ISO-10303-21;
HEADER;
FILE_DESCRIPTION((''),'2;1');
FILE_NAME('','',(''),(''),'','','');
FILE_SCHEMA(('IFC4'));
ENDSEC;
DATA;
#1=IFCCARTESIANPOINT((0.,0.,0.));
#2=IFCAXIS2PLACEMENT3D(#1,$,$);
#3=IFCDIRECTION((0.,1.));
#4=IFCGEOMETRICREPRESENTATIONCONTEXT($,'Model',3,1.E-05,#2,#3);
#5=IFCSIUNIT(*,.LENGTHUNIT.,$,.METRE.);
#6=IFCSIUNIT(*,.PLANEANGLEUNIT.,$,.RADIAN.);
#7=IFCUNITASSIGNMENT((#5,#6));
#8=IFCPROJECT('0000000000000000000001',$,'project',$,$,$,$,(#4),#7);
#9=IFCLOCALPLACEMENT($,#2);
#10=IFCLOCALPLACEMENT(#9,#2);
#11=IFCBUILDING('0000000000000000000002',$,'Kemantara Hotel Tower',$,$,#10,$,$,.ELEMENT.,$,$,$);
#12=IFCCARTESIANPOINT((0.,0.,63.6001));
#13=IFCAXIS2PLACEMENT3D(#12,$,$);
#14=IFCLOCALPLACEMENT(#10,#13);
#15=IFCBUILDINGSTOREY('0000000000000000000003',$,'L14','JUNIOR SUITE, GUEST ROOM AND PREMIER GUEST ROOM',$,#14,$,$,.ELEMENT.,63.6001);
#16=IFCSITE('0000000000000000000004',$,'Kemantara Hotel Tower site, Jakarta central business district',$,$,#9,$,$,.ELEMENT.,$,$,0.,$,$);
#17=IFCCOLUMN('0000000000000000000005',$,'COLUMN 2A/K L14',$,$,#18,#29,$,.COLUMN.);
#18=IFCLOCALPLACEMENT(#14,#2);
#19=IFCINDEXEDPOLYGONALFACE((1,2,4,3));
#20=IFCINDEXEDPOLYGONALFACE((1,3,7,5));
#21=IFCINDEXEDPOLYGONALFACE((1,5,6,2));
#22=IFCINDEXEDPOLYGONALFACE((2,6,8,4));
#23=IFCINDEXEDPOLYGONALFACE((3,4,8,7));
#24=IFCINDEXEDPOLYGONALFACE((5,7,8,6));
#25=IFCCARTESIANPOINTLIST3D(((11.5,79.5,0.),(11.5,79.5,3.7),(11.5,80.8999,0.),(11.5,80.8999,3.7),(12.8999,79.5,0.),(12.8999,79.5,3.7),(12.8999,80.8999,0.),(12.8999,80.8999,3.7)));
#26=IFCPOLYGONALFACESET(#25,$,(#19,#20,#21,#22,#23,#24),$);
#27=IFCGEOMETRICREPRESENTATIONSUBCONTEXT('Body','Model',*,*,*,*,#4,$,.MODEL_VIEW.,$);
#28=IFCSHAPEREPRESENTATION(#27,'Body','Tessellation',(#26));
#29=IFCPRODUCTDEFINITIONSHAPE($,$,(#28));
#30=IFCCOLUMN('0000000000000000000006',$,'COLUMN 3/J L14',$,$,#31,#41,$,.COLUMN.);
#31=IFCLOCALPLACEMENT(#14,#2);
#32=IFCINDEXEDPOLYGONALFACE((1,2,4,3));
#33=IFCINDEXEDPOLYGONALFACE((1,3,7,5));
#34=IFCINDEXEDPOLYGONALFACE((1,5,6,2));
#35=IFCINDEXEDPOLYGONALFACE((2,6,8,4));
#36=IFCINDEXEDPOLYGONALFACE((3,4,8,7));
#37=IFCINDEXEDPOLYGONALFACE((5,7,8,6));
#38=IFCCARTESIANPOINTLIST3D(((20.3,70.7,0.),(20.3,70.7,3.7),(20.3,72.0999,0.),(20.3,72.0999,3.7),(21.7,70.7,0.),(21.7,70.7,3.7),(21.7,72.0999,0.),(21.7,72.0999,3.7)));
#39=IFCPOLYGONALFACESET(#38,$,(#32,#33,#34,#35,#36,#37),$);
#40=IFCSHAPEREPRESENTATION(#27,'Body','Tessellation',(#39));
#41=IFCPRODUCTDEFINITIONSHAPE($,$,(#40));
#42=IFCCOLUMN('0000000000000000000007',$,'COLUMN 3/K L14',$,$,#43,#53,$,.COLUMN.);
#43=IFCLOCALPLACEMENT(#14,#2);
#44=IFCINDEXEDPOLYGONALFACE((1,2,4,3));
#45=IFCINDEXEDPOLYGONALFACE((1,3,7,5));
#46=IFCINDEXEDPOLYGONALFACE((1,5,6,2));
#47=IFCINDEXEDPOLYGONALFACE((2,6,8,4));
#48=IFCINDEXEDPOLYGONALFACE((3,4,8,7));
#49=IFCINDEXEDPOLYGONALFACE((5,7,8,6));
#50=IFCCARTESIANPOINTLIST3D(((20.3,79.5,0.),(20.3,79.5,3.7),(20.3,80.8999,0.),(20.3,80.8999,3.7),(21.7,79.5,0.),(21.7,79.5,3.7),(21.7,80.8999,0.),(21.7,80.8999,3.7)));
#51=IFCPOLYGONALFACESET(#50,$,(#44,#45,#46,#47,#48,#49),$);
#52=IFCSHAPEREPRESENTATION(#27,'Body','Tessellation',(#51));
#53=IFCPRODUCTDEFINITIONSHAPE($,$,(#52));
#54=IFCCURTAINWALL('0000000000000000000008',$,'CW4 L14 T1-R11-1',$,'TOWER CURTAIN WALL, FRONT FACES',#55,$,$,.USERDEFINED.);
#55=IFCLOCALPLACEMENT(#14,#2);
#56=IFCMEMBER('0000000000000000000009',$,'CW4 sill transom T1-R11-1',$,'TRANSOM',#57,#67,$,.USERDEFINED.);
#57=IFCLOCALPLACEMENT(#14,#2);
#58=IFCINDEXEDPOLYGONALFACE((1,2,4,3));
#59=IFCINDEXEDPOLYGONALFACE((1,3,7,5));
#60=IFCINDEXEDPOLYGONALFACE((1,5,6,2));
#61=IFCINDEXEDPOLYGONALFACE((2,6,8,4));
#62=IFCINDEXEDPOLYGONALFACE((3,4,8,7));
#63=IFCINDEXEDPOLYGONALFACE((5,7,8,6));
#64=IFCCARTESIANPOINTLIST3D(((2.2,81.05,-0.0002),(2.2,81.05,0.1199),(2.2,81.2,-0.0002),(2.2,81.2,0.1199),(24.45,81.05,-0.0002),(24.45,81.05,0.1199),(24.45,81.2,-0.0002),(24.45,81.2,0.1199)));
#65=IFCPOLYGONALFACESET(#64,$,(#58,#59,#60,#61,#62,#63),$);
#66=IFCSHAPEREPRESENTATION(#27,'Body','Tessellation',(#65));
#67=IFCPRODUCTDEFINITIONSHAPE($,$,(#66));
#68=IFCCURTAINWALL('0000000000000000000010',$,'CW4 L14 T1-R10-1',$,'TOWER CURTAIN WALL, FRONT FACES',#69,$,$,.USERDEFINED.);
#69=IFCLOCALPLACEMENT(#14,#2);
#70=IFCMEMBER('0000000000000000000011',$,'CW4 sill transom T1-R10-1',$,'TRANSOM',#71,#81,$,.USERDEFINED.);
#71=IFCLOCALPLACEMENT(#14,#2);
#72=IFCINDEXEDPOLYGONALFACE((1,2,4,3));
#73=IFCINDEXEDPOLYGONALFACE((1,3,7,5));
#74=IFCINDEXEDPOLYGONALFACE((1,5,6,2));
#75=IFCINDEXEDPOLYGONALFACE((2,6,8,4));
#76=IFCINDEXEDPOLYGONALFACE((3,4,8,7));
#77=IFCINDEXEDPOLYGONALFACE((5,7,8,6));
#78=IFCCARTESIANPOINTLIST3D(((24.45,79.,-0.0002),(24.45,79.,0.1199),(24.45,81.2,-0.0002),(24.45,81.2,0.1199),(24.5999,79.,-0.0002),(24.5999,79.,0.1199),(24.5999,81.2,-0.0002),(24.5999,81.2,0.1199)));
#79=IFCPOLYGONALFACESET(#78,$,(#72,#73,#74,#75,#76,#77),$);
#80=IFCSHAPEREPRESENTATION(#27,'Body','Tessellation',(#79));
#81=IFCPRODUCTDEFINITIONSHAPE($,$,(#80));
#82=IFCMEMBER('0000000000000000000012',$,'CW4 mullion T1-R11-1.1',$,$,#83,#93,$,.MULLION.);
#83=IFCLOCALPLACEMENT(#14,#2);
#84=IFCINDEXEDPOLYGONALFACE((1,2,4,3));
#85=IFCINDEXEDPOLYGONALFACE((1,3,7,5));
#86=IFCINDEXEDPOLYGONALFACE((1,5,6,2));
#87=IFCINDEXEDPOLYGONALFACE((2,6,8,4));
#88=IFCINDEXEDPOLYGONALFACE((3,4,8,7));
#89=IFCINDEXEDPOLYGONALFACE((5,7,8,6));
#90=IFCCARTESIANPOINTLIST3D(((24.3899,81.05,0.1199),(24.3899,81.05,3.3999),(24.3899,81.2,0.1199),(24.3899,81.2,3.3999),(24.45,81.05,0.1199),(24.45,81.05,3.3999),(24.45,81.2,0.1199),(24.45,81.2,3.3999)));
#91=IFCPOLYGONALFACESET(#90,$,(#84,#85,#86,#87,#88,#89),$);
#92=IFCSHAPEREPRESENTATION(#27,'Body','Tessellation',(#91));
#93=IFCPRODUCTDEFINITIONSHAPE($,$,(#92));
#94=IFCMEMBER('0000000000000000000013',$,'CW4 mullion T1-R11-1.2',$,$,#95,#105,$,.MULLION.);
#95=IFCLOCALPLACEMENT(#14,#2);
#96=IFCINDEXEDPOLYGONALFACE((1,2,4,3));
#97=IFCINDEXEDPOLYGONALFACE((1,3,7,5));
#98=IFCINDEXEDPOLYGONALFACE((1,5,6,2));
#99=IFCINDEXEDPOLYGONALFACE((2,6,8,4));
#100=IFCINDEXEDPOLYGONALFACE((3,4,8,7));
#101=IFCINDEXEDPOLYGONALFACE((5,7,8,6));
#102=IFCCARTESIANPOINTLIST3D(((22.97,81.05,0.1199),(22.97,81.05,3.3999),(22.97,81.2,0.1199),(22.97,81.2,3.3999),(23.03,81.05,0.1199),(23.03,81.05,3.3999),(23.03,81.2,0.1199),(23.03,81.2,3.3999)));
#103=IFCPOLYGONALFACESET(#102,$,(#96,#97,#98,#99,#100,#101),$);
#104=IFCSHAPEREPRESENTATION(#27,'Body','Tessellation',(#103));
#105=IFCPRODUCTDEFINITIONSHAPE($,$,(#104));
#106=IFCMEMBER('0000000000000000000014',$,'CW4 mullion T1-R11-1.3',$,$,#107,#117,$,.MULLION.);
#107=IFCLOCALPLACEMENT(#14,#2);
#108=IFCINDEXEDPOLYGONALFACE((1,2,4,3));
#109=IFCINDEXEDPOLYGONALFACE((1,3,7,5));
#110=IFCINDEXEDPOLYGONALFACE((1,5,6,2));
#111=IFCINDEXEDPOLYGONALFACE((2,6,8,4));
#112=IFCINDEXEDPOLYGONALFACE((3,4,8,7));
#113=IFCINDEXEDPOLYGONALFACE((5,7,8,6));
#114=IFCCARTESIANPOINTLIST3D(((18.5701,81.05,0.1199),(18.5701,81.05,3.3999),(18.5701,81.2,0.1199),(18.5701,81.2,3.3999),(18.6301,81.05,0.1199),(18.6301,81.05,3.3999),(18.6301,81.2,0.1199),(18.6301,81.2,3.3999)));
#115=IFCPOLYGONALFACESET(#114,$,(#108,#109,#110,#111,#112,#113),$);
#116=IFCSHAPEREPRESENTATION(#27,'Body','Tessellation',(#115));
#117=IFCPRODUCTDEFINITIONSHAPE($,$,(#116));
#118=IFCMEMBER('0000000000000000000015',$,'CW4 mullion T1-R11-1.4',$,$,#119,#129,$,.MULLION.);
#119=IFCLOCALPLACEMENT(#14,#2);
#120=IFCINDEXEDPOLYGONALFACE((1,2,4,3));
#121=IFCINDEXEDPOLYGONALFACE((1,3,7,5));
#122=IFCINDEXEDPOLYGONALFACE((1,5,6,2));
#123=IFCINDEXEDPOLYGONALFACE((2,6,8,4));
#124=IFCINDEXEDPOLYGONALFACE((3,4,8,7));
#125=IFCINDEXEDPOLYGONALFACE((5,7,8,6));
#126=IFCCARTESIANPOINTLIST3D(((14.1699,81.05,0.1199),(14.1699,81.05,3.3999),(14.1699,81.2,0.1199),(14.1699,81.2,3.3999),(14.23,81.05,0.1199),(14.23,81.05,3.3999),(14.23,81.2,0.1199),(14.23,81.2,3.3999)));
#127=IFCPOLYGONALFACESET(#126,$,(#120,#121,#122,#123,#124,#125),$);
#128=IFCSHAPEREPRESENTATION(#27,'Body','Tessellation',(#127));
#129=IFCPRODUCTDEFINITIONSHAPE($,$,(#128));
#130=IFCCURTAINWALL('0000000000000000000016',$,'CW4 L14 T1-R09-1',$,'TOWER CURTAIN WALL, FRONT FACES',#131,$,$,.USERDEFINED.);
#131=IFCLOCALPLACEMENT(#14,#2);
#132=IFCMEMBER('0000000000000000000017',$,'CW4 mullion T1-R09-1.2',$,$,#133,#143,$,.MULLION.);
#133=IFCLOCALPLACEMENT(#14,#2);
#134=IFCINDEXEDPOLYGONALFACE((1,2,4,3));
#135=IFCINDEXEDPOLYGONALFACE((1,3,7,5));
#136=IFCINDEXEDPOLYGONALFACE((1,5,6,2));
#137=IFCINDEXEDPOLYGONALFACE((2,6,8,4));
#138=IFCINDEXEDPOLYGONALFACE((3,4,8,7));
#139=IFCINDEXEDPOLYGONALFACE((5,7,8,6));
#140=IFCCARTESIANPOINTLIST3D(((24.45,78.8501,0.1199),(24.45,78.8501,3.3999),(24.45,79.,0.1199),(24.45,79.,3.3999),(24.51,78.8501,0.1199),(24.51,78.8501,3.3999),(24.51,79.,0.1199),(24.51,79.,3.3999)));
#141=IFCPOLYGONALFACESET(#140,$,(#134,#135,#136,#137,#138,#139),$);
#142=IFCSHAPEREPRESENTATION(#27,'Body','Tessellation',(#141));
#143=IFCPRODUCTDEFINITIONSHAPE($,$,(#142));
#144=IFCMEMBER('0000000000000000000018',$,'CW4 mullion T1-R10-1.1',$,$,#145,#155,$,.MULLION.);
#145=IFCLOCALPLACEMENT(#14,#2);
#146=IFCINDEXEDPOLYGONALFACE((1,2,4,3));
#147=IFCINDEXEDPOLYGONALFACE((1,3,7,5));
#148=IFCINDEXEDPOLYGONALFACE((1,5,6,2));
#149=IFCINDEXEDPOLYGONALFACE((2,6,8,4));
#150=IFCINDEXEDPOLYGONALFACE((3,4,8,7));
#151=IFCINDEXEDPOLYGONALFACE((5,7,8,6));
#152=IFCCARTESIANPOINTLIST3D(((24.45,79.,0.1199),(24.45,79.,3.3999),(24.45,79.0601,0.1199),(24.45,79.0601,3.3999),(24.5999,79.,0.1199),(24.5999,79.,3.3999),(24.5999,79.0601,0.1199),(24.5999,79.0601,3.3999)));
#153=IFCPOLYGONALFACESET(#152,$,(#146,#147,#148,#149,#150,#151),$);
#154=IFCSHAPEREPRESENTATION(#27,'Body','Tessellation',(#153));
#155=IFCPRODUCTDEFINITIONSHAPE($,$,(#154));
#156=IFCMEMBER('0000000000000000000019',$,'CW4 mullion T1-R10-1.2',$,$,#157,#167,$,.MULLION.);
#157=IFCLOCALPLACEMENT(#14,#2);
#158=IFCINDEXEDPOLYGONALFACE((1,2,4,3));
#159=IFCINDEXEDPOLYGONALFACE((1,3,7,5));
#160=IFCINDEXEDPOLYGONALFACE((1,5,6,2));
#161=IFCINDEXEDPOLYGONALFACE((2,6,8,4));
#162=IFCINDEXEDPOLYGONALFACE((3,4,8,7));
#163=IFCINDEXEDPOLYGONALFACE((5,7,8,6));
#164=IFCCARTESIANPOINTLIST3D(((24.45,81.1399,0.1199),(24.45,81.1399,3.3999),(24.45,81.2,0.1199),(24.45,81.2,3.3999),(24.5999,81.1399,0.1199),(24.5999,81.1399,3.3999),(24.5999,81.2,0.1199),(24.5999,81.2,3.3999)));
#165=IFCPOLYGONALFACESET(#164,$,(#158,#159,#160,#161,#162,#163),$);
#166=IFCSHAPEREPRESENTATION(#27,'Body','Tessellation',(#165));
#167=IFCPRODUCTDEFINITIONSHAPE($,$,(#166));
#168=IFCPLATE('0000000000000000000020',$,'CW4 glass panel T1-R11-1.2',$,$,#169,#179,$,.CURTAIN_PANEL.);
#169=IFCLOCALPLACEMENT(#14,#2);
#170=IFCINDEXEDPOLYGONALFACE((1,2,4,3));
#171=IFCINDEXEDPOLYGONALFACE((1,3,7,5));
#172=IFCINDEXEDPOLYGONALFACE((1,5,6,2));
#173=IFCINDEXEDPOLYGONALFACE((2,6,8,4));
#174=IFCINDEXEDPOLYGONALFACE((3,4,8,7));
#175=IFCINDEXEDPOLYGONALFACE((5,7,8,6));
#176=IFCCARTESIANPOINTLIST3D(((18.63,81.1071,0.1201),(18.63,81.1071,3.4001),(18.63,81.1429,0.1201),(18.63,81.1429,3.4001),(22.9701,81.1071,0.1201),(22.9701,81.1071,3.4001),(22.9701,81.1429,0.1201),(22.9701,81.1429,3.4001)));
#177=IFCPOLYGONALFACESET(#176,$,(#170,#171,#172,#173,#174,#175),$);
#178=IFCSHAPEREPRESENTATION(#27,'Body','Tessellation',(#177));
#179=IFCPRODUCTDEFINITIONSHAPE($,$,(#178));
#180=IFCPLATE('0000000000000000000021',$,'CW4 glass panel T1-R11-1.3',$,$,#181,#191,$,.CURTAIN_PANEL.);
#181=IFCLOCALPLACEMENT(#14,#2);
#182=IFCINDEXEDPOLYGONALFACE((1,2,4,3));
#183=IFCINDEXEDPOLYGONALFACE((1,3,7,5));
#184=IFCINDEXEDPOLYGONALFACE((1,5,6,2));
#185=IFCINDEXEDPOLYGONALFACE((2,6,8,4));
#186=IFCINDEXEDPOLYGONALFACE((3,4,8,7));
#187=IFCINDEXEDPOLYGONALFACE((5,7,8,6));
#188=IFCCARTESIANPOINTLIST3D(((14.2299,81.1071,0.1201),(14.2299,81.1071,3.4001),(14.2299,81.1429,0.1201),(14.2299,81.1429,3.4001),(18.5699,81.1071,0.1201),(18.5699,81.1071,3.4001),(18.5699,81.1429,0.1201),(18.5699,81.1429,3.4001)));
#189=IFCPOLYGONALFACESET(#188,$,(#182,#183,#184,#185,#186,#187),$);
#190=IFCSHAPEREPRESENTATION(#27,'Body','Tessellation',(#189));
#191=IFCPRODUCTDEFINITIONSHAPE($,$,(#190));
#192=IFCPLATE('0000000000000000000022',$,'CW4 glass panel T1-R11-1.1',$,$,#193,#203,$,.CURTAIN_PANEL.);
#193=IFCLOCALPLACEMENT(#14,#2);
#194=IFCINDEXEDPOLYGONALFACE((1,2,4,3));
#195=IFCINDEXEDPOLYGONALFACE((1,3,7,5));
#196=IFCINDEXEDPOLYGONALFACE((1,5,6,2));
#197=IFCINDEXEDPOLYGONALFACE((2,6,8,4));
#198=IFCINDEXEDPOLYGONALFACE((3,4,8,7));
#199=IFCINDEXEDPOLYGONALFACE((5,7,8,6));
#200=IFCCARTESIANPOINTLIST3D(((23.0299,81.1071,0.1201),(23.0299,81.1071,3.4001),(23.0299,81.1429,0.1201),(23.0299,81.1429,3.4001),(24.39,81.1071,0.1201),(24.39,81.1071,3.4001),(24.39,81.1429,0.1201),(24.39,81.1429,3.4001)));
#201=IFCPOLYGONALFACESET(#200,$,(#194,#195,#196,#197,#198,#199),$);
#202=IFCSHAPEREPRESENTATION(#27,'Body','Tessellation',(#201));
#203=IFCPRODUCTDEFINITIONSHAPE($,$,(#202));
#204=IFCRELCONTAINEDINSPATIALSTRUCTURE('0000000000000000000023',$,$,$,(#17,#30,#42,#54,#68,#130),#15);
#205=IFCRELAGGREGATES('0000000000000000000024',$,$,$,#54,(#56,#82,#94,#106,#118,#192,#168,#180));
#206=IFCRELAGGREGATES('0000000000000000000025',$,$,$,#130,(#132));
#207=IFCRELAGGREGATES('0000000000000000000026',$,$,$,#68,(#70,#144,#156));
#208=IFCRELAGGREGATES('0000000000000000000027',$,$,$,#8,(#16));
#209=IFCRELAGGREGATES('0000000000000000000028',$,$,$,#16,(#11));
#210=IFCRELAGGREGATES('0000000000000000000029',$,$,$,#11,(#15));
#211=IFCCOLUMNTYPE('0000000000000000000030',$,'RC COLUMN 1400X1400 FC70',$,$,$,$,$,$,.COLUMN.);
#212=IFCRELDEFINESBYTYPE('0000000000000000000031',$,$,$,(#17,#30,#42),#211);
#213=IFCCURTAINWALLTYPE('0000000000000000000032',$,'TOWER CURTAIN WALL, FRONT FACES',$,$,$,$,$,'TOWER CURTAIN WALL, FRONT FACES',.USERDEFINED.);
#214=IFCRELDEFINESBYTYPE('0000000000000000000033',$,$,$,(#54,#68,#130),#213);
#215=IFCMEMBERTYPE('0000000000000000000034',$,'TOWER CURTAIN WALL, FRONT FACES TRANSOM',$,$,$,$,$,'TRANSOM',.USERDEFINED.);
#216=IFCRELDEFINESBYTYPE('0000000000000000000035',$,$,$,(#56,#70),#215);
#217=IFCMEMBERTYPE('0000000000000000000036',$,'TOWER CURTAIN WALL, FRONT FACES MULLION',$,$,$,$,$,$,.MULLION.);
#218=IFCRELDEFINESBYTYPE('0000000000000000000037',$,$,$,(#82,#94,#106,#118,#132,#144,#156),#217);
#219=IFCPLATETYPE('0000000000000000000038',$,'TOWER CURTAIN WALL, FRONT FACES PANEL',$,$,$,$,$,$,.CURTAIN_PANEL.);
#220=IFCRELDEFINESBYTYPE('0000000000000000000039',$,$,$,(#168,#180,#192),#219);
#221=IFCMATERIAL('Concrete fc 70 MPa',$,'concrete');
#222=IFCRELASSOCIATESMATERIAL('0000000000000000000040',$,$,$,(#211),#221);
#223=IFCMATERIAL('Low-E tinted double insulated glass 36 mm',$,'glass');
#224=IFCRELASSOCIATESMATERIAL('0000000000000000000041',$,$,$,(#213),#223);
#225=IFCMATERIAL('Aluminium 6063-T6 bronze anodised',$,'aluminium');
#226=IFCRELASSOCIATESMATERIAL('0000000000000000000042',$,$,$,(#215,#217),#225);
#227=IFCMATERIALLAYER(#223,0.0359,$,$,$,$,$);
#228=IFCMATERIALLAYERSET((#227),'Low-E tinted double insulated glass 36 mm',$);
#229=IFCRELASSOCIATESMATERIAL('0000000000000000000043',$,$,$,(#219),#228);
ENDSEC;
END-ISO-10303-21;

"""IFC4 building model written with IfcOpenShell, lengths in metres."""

from ifc_helpers import new_model, si_unit, direction, frame, origin, origin_2d, place, context, subcontext, project, spatial, rectangle, extrude, source, transform, mapped, material, layer, layer_set, material_profile, profile_set, type_object, element, aggregate, save


model = new_model("IFC4")

# Units and contexts
model_context = context("Model", 3, precision=1e-05, world=origin(), true_north=direction((0.0, 1.0)))
body_context = subcontext(model_context, "Body", "Model", "MODEL_VIEW")
ifc_project = project(units=[si_unit("LENGTHUNIT", "METRE"), si_unit("PLANEANGLEUNIT", "RADIAN")], contexts=[model_context])

# Site, building, storey
site_placement = place(None, origin())
site = spatial("IfcSite", under=ifc_project, at=site_placement, Name="Kemantara Hotel Tower site, Jakarta central business district", CompositionType="ELEMENT", RefElevation=0.0)
building_placement = place(site_placement, origin())
building = spatial("IfcBuilding", under=site, at=building_placement, Name="Kemantara Hotel Tower", CompositionType="ELEMENT")
storey_placement = place(building_placement, frame((0.0, 0.0, 63.6001)))
storey = spatial("IfcBuildingStorey", under=building, at=storey_placement, Name="L14", Description="JUNIOR SUITE, GUEST ROOM AND PREMIER GUEST ROOM", CompositionType="ELEMENT", Elevation=63.6001)

# Columns
ifc_material_1 = material(Name="Concrete fc 70 MPa", Category="concrete")
ifc_material_profile_1 = material_profile(ifc_material_1, rectangle(XDim=1.3999, YDim=1.3999, at=origin_2d()), Name="RC 1400X1400")
ifc_profile_set_1 = profile_set([ifc_material_profile_1], Name="Concrete fc 70 MPa")
column_type = type_object("IfcColumnType", Name="RC COLUMN 1400X1400 FC70", PredefinedType="COLUMN", material=ifc_profile_set_1)
for number, where, z_axis, x_axis, name in (
    (1, (12.2, 80.2, 0.0), (0.0, 0.0, 1.0), (1.0, 0.0, 0.0), "COLUMN 2A/K L14"),
    (2, (21.0, 71.3999, 0.0), (0.0, 0.0, 1.0), (1.0, 0.0, 0.0), "COLUMN 3/J L14"),
    (3, (21.0, 80.2, 0.0), (0.0, 0.0, 1.0), (1.0, 0.0, 0.0), "COLUMN 3/K L14"),
):
    element("IfcColumn", number, at=place(storey_placement, frame(where, z_axis=z_axis, x_axis=x_axis)), inside=storey, type_object=column_type, Name=name, PredefinedType="COLUMN", context=body_context, shape_type="SweptSolid", body=[
        extrude(rectangle(XDim=1.3999, YDim=1.3999, at=origin_2d()), origin(), (0.0, 0.0, 1.0), 3.7),
    ])

# Curtain walls, members
ifc_material_2 = material(Name="Low-E tinted double insulated glass 36 mm", Category="glass")
curtain_wall_type = type_object("IfcCurtainWallType", Name="TOWER CURTAIN WALL, FRONT FACES", ElementType="TOWER CURTAIN WALL, FRONT FACES", PredefinedType="USERDEFINED", material=ifc_material_2)
curtain_wall_1_placement = place(storey_placement, origin())
curtain_wall_1 = element("IfcCurtainWall", 4, at=curtain_wall_1_placement, inside=storey, type_object=curtain_wall_type, Name="CW4 L14 T1-R11-1", ObjectType="TOWER CURTAIN WALL, FRONT FACES", PredefinedType="USERDEFINED")
ifc_material_3 = material(Name="Aluminium 6063-T6 bronze anodised", Category="aluminium")
ifc_material_profile_2 = material_profile(ifc_material_3, rectangle(XDim=0.1499, YDim=0.1201, at=origin_2d()), Name="TOWER CURTAIN WALL, FRONT FACES TRANSOM")
ifc_profile_set_2 = profile_set([ifc_material_profile_2], Name="Aluminium 6063-T6 bronze anodised")
member_type_1 = type_object("IfcMemberType", Name="TOWER CURTAIN WALL, FRONT FACES TRANSOM", ElementType="TRANSOM", PredefinedType="USERDEFINED", material=ifc_profile_set_2)
member_1_placement = place(storey_placement, frame((24.45, 81.125, 0.0598), z_axis=(-1.0, 0.0, 0.0), x_axis=(0.0, -1.0, 0.0)))
member_1 = element("IfcMember", 5, at=member_1_placement, type_object=member_type_1, Name="CW4 sill transom T1-R11-1", ObjectType="TRANSOM", PredefinedType="USERDEFINED", context=body_context, shape_type="SweptSolid", body=[
    extrude(rectangle(XDim=0.1499, YDim=0.1201, at=origin_2d()), origin(), (0.0, 0.0, 1.0), 22.25),
])
curtain_wall_2_placement = place(storey_placement, origin())
curtain_wall_2 = element("IfcCurtainWall", 6, at=curtain_wall_2_placement, inside=storey, type_object=curtain_wall_type, Name="CW4 L14 T1-R10-1", ObjectType="TOWER CURTAIN WALL, FRONT FACES", PredefinedType="USERDEFINED")
member_2_placement = place(storey_placement, frame((24.5249, 79.0, 0.0598), z_axis=(0.0, 1.0, 0.0), x_axis=(-1.0, 0.0, 0.0)))
member_2 = element("IfcMember", 7, at=member_2_placement, type_object=member_type_1, Name="CW4 sill transom T1-R10-1", ObjectType="TRANSOM", PredefinedType="USERDEFINED", context=body_context, shape_type="SweptSolid", body=[
    extrude(rectangle(XDim=0.1499, YDim=0.1201, at=origin_2d()), origin(), (0.0, 0.0, 1.0), 2.2),
])

# Members
ifc_material_profile_3 = material_profile(ifc_material_3, rectangle(XDim=0.1499, YDim=0.0601, at=origin_2d()), Name="TOWER CURTAIN WALL, FRONT FACES MULLION")
ifc_profile_set_3 = profile_set([ifc_material_profile_3], Name="Aluminium 6063-T6 bronze anodised")
member_type_2 = type_object("IfcMemberType", Name="TOWER CURTAIN WALL, FRONT FACES MULLION", PredefinedType="MULLION", material=ifc_profile_set_3)
shared_shape_1 = source(origin(), body_context, "Body", "SweptSolid", [
    extrude(rectangle(XDim=0.1499, YDim=0.0601, at=origin_2d()), origin(), (0.0, 0.0, 1.0), 3.28),
])
member_3_placement = place(storey_placement, frame((24.4199, 81.125, 0.1199), z_axis=(0.0, 0.0, 1.0), x_axis=(0.0, -1.0, 0.0)))
member_3 = element("IfcMember", 8, at=member_3_placement, type_object=member_type_2, Name="CW4 mullion T1-R11-1.1", PredefinedType="MULLION", context=body_context, shape_type="MappedRepresentation", body=[
    mapped(shared_shape_1, transform((0.0, 0.0, 0.0))),
])
member_4_placement = place(storey_placement, frame((23.0, 81.125, 0.1199), z_axis=(0.0, 0.0, 1.0), x_axis=(0.0, -1.0, 0.0)))
member_4 = element("IfcMember", 9, at=member_4_placement, type_object=member_type_2, Name="CW4 mullion T1-R11-1.2", PredefinedType="MULLION", context=body_context, shape_type="MappedRepresentation", body=[
    mapped(shared_shape_1, transform((0.0, 0.0, 0.0))),
])
member_5_placement = place(storey_placement, frame((18.6001, 81.125, 0.1199), z_axis=(0.0, 0.0, 1.0), x_axis=(0.0, -1.0, 0.0)))
member_5 = element("IfcMember", 10, at=member_5_placement, type_object=member_type_2, Name="CW4 mullion T1-R11-1.3", PredefinedType="MULLION", context=body_context, shape_type="MappedRepresentation", body=[
    mapped(shared_shape_1, transform((0.0, 0.0, 0.0))),
])
member_6_placement = place(storey_placement, frame((14.2, 81.125, 0.1199), z_axis=(0.0, 0.0, 1.0), x_axis=(0.0, -1.0, 0.0)))
member_6 = element("IfcMember", 11, at=member_6_placement, type_object=member_type_2, Name="CW4 mullion T1-R11-1.4", PredefinedType="MULLION", context=body_context, shape_type="MappedRepresentation", body=[
    mapped(shared_shape_1, transform((0.0, 0.0, 0.0))),
])

# Curtain wall, member
curtain_wall_3_placement = place(storey_placement, origin())
curtain_wall_3 = element("IfcCurtainWall", 12, at=curtain_wall_3_placement, inside=storey, type_object=curtain_wall_type, Name="CW4 L14 T1-R09-1", ObjectType="TOWER CURTAIN WALL, FRONT FACES", PredefinedType="USERDEFINED")
member_7_placement = place(storey_placement, frame((24.48, 78.925, 0.1199), z_axis=(0.0, 0.0, 1.0), x_axis=(0.0, -1.0, 0.0)))
member_7 = element("IfcMember", 13, at=member_7_placement, type_object=member_type_2, Name="CW4 mullion T1-R09-1.2", PredefinedType="MULLION", context=body_context, shape_type="MappedRepresentation", body=[
    mapped(shared_shape_1, transform((0.0, 0.0, 0.0))),
])

# Members
member_8_placement = place(storey_placement, frame((24.5249, 79.03, 0.1199), z_axis=(0.0, 0.0, 1.0), x_axis=(-1.0, 0.0, 0.0)))
member_8 = element("IfcMember", 14, at=member_8_placement, type_object=member_type_2, Name="CW4 mullion T1-R10-1.1", PredefinedType="MULLION", context=body_context, shape_type="MappedRepresentation", body=[
    mapped(shared_shape_1, transform((0.0, 0.0, 0.0))),
])
member_9_placement = place(storey_placement, frame((24.5249, 81.1699, 0.1199), z_axis=(0.0, 0.0, 1.0), x_axis=(-1.0, 0.0, 0.0)))
member_9 = element("IfcMember", 15, at=member_9_placement, type_object=member_type_2, Name="CW4 mullion T1-R10-1.2", PredefinedType="MULLION", context=body_context, shape_type="MappedRepresentation", body=[
    mapped(shared_shape_1, transform((0.0, 0.0, 0.0))),
])

# Plates
ifc_layer_1 = layer(ifc_material_2, 0.0359)
ifc_layer_set_1 = layer_set([ifc_layer_1], Name="Low-E tinted double insulated glass 36 mm")
plate_type = type_object("IfcPlateType", Name="TOWER CURTAIN WALL, FRONT FACES PANEL", PredefinedType="CURTAIN_PANEL", material=ifc_layer_set_1)
shared_shape_2 = source(origin(), body_context, "Body", "SweptSolid", [
    extrude(rectangle(XDim=4.3401, YDim=0.0359, at=origin_2d()), origin(), (0.0, 0.0, 1.0), 3.28),
])
plate_1_placement = place(storey_placement, frame((20.8, 81.125, 0.1201), z_axis=(0.0, 0.0, 1.0), x_axis=(-1.0, 0.0, 0.0)))
plate_1 = element("IfcPlate", 16, at=plate_1_placement, type_object=plate_type, Name="CW4 glass panel T1-R11-1.2", PredefinedType="CURTAIN_PANEL", context=body_context, shape_type="MappedRepresentation", body=[
    mapped(shared_shape_2, transform((0.0, 0.0, 0.0))),
])
plate_2_placement = place(storey_placement, frame((16.3999, 81.125, 0.1201), z_axis=(0.0, 0.0, 1.0), x_axis=(-1.0, 0.0, 0.0)))
plate_2 = element("IfcPlate", 17, at=plate_2_placement, type_object=plate_type, Name="CW4 glass panel T1-R11-1.3", PredefinedType="CURTAIN_PANEL", context=body_context, shape_type="MappedRepresentation", body=[
    mapped(shared_shape_2, transform((0.0, 0.0, 0.0))),
])
shared_shape_3 = source(origin(), body_context, "Body", "SweptSolid", [
    extrude(rectangle(XDim=1.3601, YDim=0.0359, at=origin_2d()), origin(), (0.0, 0.0, 1.0), 3.28),
])
plate_3_placement = place(storey_placement, frame((23.71, 81.125, 0.1201), z_axis=(0.0, 0.0, 1.0), x_axis=(-1.0, 0.0, 0.0)))
plate_3 = element("IfcPlate", 18, at=plate_3_placement, type_object=plate_type, Name="CW4 glass panel T1-R11-1.1", PredefinedType="CURTAIN_PANEL", context=body_context, shape_type="MappedRepresentation", body=[
    mapped(shared_shape_3, transform((0.0, 0.0, 0.0))),
])
aggregate(curtain_wall_1, [member_1, member_3, member_4, member_5, member_6, plate_3, plate_1, plate_2])
aggregate(curtain_wall_3, [member_7])
aggregate(curtain_wall_2, [member_2, member_8, member_9])

save(model, "model.ifc")
